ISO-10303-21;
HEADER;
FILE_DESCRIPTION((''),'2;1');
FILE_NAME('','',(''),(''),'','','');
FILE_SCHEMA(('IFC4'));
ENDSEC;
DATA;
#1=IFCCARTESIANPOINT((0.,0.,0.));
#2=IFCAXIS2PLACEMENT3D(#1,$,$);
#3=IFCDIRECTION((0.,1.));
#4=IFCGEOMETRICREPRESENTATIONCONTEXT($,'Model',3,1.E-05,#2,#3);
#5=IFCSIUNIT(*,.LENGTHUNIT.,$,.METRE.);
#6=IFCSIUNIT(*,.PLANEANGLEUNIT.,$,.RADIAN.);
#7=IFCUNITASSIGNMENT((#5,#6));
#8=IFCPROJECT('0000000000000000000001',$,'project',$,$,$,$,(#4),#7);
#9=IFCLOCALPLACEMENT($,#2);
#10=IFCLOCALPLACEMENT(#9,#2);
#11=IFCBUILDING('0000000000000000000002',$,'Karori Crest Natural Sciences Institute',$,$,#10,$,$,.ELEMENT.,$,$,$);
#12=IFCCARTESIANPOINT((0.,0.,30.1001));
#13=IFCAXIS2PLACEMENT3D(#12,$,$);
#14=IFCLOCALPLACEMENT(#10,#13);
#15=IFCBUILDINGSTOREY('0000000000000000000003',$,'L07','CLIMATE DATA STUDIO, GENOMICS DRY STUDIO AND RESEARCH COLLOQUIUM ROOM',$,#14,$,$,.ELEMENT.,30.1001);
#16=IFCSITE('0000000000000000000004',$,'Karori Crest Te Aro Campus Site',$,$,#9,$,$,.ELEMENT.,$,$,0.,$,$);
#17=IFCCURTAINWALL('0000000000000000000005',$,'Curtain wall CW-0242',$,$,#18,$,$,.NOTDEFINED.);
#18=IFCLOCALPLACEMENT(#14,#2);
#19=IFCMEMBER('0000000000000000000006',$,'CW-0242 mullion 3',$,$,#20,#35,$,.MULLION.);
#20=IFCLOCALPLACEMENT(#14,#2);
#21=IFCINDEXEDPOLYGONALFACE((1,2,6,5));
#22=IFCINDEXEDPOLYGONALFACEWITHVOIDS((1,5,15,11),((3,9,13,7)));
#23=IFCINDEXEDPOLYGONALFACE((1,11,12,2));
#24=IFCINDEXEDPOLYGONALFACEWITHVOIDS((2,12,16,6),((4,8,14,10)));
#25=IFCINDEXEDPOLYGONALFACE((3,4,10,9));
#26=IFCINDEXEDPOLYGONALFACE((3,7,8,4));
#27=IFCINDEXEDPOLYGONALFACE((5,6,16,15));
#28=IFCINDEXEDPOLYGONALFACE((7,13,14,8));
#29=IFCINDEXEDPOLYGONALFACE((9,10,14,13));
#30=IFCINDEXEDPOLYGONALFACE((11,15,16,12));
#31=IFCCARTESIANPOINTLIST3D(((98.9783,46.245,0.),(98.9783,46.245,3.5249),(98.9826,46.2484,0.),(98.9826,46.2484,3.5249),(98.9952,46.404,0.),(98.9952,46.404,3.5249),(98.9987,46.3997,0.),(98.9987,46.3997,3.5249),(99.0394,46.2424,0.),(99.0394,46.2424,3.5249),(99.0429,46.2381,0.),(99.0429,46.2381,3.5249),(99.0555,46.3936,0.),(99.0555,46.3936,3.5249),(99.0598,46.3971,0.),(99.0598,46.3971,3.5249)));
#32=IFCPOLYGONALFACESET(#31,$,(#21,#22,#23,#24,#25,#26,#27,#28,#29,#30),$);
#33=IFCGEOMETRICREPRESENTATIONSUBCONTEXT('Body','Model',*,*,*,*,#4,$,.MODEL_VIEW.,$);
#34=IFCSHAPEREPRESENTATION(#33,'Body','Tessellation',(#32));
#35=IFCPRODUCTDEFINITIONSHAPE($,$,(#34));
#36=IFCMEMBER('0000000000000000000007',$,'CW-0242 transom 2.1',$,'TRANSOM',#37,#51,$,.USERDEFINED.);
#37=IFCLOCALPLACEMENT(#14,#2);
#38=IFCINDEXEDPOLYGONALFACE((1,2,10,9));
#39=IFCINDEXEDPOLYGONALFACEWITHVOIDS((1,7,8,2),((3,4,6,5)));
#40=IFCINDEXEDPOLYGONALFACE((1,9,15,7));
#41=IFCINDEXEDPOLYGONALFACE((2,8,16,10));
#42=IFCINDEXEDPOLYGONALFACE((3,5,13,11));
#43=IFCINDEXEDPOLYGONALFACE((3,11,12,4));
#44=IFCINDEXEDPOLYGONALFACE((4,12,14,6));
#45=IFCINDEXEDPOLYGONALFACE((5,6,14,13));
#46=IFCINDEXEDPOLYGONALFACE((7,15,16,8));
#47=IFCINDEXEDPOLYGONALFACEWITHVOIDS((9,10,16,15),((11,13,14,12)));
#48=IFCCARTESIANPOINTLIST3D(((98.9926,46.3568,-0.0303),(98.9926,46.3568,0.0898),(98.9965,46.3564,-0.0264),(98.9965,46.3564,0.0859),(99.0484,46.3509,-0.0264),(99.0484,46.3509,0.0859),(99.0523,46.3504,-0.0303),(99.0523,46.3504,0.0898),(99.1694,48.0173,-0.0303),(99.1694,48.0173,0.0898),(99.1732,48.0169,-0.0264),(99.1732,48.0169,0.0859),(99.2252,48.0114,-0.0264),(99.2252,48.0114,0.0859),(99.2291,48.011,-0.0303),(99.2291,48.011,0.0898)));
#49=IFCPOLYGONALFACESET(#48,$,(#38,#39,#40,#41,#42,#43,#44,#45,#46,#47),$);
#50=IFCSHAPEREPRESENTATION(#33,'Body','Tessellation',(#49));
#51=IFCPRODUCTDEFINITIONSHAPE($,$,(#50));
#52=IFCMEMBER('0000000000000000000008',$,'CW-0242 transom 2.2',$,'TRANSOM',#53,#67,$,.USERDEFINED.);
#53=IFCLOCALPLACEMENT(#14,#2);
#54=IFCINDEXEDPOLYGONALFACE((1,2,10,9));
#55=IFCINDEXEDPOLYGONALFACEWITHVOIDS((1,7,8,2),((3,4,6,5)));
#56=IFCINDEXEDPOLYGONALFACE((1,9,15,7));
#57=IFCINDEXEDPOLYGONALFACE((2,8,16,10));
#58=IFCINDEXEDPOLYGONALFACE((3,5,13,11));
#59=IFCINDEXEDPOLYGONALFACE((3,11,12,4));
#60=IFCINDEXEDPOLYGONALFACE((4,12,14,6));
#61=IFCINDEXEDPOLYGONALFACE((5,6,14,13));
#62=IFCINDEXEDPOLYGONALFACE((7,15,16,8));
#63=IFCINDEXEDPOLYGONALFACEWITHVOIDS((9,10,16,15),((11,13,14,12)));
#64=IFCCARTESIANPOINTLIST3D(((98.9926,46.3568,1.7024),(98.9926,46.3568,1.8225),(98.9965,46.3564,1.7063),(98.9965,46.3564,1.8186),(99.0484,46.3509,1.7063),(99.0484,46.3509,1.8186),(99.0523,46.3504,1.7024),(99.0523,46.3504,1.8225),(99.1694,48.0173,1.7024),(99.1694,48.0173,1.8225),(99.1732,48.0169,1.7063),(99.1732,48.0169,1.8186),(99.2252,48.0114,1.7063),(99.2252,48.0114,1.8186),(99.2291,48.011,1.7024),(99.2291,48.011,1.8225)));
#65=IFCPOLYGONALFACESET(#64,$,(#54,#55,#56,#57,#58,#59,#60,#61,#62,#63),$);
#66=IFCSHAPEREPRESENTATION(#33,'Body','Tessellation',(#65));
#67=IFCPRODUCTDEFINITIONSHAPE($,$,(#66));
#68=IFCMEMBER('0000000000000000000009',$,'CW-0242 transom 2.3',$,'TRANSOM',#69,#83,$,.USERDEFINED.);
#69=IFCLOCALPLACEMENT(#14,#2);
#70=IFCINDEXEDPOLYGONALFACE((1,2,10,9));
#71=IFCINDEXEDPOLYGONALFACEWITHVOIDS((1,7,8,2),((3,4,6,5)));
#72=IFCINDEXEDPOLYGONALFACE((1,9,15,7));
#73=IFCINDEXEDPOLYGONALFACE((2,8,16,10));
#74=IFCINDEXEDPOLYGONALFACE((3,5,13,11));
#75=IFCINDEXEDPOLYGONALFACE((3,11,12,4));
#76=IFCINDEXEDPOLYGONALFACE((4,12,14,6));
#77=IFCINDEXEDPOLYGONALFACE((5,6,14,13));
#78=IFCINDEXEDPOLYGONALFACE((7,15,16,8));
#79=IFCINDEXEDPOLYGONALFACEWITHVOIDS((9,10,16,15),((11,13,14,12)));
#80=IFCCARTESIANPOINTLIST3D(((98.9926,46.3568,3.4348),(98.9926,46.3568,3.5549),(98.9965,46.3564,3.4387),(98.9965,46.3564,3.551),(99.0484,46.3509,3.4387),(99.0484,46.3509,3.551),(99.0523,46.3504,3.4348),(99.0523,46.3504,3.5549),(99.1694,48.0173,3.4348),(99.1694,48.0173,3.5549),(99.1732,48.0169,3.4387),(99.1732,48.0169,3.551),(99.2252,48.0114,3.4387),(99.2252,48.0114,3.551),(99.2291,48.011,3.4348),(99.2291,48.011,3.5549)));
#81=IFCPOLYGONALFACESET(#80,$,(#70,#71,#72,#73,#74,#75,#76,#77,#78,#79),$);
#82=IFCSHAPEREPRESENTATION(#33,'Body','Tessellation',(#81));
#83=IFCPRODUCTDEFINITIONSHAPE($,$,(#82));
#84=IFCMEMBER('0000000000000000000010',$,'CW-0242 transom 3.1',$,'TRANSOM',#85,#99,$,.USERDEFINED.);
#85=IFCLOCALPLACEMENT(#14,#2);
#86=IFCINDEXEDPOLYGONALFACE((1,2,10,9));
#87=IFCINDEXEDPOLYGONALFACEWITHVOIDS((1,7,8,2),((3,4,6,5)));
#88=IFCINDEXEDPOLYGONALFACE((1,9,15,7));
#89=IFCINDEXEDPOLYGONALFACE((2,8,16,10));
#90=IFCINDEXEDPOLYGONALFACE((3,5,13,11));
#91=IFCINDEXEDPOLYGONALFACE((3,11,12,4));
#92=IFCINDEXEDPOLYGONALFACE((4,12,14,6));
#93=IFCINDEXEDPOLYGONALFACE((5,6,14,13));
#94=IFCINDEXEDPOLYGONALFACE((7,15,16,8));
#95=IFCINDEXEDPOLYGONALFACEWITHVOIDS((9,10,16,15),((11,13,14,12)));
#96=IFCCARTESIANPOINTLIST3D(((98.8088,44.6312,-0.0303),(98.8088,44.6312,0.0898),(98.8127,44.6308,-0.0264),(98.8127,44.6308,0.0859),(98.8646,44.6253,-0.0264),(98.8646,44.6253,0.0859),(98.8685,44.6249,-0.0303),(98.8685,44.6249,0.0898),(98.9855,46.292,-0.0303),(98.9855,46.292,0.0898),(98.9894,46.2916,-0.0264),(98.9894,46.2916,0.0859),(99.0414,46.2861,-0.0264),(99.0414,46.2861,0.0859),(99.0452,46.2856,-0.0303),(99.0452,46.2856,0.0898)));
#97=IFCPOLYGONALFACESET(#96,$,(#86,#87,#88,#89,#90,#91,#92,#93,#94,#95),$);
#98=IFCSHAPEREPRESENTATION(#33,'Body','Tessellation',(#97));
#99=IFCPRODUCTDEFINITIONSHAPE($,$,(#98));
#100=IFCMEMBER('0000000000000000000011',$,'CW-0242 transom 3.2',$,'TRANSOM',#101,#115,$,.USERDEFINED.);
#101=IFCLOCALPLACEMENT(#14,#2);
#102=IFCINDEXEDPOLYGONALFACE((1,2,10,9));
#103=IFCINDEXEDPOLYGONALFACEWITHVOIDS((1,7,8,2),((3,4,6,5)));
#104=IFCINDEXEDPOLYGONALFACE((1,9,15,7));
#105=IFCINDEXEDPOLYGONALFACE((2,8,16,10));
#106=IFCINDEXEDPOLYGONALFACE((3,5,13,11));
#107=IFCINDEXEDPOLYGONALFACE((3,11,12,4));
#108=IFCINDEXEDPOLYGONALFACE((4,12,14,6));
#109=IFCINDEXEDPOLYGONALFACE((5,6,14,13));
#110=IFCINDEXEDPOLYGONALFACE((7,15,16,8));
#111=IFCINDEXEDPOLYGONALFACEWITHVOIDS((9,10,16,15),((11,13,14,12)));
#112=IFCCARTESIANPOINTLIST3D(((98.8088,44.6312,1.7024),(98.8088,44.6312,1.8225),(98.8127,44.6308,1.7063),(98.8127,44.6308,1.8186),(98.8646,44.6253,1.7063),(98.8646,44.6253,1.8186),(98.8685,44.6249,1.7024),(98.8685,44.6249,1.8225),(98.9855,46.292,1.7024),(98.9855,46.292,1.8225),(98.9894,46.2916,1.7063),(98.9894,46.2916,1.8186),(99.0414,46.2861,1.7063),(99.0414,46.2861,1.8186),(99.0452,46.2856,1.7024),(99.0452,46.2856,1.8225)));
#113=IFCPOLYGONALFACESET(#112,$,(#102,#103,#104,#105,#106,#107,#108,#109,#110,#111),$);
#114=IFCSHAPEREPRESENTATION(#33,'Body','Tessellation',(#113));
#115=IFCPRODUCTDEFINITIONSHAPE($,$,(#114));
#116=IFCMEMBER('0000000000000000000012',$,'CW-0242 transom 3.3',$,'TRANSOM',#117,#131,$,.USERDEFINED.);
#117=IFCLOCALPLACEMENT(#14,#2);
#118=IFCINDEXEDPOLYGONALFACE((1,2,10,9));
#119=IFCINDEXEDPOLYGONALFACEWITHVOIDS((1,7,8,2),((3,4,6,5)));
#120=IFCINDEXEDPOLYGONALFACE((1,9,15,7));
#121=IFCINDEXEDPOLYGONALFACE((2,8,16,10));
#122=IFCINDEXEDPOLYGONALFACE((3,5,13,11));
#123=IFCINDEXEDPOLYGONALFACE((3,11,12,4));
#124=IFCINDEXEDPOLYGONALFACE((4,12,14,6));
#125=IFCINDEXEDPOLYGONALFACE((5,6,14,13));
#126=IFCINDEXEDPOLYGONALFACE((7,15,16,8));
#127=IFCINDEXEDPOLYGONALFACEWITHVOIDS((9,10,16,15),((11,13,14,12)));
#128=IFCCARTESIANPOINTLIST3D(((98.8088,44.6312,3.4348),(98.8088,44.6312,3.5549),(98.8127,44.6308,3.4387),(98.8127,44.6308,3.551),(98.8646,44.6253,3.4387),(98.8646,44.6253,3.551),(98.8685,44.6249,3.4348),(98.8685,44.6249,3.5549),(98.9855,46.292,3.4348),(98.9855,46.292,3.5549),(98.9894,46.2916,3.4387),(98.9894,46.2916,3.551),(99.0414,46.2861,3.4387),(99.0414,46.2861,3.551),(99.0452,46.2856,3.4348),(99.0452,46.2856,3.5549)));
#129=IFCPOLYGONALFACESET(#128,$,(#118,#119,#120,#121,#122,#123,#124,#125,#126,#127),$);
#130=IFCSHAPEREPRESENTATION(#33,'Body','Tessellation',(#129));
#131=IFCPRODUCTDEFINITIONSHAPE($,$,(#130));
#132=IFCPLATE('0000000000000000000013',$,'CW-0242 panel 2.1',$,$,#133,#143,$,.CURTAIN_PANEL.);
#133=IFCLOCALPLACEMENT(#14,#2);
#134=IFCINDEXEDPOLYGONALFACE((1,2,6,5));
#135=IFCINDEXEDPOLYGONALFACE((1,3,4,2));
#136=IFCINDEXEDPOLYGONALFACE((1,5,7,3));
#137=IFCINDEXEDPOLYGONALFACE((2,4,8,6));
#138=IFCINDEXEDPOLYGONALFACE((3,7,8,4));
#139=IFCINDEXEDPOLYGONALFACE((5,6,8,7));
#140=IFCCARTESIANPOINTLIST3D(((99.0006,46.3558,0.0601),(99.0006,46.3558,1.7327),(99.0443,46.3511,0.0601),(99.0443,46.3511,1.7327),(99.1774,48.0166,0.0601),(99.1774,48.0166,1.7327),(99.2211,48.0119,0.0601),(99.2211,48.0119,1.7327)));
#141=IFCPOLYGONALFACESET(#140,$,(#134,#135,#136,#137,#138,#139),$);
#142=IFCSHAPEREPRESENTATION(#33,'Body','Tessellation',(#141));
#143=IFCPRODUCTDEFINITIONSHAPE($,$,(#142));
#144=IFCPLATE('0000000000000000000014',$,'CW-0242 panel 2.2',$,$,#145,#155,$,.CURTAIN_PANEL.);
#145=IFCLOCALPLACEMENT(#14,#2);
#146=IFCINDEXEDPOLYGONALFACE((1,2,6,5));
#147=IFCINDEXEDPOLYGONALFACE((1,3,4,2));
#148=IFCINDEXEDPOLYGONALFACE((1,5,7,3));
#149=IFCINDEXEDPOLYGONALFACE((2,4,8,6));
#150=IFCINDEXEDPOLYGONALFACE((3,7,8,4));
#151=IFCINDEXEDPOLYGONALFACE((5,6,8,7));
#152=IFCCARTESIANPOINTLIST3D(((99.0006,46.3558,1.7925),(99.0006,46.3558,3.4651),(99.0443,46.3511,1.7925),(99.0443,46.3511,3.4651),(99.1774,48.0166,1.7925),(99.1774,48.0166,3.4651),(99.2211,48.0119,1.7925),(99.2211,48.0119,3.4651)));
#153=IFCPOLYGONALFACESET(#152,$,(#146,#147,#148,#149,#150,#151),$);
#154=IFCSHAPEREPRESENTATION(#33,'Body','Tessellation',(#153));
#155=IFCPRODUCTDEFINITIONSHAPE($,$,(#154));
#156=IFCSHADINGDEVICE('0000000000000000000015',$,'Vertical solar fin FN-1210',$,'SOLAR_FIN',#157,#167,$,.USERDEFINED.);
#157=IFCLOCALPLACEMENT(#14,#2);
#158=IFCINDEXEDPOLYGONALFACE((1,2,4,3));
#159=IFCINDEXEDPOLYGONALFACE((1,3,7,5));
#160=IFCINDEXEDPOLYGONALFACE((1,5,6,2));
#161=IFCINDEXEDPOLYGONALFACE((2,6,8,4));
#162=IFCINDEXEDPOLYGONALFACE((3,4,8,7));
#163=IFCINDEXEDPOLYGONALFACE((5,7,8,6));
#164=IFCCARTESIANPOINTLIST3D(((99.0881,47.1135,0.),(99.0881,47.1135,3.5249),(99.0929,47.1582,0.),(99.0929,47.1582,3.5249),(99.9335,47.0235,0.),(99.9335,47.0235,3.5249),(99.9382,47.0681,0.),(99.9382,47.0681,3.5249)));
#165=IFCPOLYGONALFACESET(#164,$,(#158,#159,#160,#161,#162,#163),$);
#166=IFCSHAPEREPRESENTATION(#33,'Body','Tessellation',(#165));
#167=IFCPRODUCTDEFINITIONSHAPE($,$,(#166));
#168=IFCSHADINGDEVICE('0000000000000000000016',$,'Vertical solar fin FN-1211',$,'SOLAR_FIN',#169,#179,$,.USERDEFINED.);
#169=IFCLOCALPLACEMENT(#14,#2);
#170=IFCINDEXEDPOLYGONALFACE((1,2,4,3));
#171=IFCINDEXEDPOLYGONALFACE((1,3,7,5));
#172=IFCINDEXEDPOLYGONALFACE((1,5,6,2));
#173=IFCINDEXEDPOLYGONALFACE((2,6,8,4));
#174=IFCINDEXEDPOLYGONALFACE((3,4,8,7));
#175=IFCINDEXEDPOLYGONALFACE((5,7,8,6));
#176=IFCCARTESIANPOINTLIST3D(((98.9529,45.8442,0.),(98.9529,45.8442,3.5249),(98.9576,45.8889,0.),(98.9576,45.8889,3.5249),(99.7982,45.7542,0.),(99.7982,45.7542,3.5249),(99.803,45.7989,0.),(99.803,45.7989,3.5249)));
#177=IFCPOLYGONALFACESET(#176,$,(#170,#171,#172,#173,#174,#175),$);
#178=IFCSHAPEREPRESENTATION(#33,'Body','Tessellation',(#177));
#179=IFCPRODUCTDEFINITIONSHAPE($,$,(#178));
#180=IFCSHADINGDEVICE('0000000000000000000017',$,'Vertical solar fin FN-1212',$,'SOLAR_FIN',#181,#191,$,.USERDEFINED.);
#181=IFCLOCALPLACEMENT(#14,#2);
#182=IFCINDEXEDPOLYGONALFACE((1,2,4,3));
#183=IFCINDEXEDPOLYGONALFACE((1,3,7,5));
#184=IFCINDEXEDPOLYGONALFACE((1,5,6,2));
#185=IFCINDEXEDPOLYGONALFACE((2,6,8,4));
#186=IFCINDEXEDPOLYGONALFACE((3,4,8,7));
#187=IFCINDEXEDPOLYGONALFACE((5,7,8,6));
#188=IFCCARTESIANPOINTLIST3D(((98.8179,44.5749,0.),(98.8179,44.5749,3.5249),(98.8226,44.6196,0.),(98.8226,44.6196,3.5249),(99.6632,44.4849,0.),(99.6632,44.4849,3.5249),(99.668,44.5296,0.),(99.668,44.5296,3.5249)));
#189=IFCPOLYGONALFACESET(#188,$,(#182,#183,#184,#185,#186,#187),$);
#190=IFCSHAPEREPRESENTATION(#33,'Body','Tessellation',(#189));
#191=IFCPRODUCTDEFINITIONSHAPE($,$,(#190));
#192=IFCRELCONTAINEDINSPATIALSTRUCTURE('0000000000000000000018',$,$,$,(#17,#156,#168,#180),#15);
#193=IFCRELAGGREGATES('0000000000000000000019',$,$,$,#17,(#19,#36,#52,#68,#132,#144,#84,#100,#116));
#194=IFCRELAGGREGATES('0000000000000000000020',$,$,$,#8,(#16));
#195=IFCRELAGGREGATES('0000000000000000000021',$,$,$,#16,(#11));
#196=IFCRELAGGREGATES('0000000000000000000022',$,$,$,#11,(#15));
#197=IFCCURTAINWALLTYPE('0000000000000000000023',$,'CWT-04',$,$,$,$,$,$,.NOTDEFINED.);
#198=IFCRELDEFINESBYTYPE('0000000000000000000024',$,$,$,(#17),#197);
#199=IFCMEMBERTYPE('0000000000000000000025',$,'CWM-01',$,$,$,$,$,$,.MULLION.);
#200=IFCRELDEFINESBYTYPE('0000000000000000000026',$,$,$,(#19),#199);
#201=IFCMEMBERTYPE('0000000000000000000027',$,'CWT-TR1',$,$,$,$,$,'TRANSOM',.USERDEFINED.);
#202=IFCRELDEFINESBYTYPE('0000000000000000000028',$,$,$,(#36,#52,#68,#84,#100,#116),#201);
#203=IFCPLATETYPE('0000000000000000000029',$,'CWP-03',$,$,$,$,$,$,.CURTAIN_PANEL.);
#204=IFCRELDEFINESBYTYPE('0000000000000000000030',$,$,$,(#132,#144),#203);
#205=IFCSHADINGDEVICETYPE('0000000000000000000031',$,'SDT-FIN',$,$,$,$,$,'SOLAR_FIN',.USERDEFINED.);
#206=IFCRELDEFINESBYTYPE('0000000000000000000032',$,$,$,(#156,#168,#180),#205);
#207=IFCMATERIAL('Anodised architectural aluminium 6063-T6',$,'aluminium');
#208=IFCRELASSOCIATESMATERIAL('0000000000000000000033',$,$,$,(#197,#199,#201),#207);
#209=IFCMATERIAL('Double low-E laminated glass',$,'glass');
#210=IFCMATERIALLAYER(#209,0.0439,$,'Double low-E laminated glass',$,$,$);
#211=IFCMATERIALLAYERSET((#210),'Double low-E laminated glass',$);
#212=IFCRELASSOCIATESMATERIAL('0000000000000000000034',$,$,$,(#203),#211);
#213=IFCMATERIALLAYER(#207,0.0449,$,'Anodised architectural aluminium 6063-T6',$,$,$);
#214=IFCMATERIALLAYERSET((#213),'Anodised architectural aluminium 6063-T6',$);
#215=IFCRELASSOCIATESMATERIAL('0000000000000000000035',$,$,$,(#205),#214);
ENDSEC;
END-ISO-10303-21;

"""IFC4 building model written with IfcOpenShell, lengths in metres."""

from ifc_helpers import new_model, si_unit, direction, frame, origin, origin_2d, place, context, subcontext, project, spatial, rectangle, hollow_rectangle, extrude, material, layer, layer_set, material_profile, profile_set, type_object, element, aggregate, save


model = new_model("IFC4")

# Units and contexts
model_context = context("Model", 3, precision=1e-05, world=origin(), true_north=direction((0.0, 1.0)))
body_context = subcontext(model_context, "Body", "Model", "MODEL_VIEW")
ifc_project = project(units=[si_unit("LENGTHUNIT", "METRE"), si_unit("PLANEANGLEUNIT", "RADIAN")], contexts=[model_context])

# Site, building, storey
site_placement = place(None, origin())
site = spatial("IfcSite", under=ifc_project, at=site_placement, Name="Karori Crest Te Aro Campus Site", CompositionType="ELEMENT", RefElevation=0.0)
building_placement = place(site_placement, origin())
building = spatial("IfcBuilding", under=site, at=building_placement, Name="Karori Crest Natural Sciences Institute", CompositionType="ELEMENT")
storey_placement = place(building_placement, frame((0.0, 0.0, 30.1001)))
storey = spatial("IfcBuildingStorey", under=building, at=storey_placement, Name="L07", Description="CLIMATE DATA STUDIO, GENOMICS DRY STUDIO AND RESEARCH COLLOQUIUM ROOM", CompositionType="ELEMENT", Elevation=30.1001)

# Curtain wall, members, plates
ifc_material_1 = material(Name="Anodised architectural aluminium 6063-T6", Category="aluminium")
curtain_wall_type = type_object("IfcCurtainWallType", Name="CWT-04", PredefinedType="NOTDEFINED", material=ifc_material_1)
curtain_wall_placement = place(storey_placement, origin())
curtain_wall = element("IfcCurtainWall", 1, at=curtain_wall_placement, inside=storey, type_object=curtain_wall_type, Name="Curtain wall CW-0242", PredefinedType="NOTDEFINED")
ifc_material_profile_1 = material_profile(ifc_material_1, hollow_rectangle(XDim=0.0649, YDim=0.1599, WallThickness=0.0039, at=origin_2d()), Name="CWM160x65x4")
ifc_profile_set_1 = profile_set([ifc_material_profile_1], Name="Anodised architectural aluminium 6063-T6")
member_type_1 = type_object("IfcMemberType", Name="CWM-01", PredefinedType="MULLION", material=ifc_profile_set_1)
member_1_placement = place(storey_placement, frame((99.019, 46.321, 0.0), z_axis=(0.0, 0.0, 1.0), x_axis=(0.994378, -0.105886, 0.0)))
member_1 = element("IfcMember", 2, at=member_1_placement, type_object=member_type_1, Name="CW-0242 mullion 3", PredefinedType="MULLION", context=body_context, shape_type="SweptSolid", body=[
    extrude(hollow_rectangle(XDim=0.0649, YDim=0.1599, WallThickness=0.0039, at=origin_2d()), origin(), (0.0, 0.0, 1.0), 3.5249),
])
ifc_material_profile_2 = material_profile(ifc_material_1, hollow_rectangle(XDim=0.0601, YDim=0.1201, WallThickness=0.0039, at=origin_2d()), Name="CWT120x60x4")
ifc_profile_set_2 = profile_set([ifc_material_profile_2], Name="Anodised architectural aluminium 6063-T6")
member_type_2 = type_object("IfcMemberType", Name="CWT-TR1", ElementType="TRANSOM", PredefinedType="USERDEFINED", material=ifc_profile_set_2)
member_2_placement = place(storey_placement, frame((99.1992, 48.0142, 0.0298), z_axis=(-0.105841, -0.994383, 0.0), x_axis=(0.994383, -0.105841, 0.0)))
member_2 = element("IfcMember", 3, at=member_2_placement, type_object=member_type_2, Name="CW-0242 transom 2.1", ObjectType="TRANSOM", PredefinedType="USERDEFINED", context=body_context, shape_type="SweptSolid", body=[
    extrude(hollow_rectangle(XDim=0.0601, YDim=0.1201, WallThickness=0.0039, at=origin_2d()), origin(), (0.0, 0.0, 1.0), 1.6699),
])
member_3_placement = place(storey_placement, frame((99.1992, 48.0142, 1.7625), z_axis=(-0.105841, -0.994383, 0.0), x_axis=(0.994383, -0.105841, 0.0)))
member_3 = element("IfcMember", 4, at=member_3_placement, type_object=member_type_2, Name="CW-0242 transom 2.2", ObjectType="TRANSOM", PredefinedType="USERDEFINED", context=body_context, shape_type="SweptSolid", body=[
    extrude(hollow_rectangle(XDim=0.0601, YDim=0.1201, WallThickness=0.0039, at=origin_2d()), origin(), (0.0, 0.0, 1.0), 1.6699),
])
member_4_placement = place(storey_placement, frame((99.1992, 48.0142, 3.4949), z_axis=(-0.105841, -0.994383, 0.0), x_axis=(0.994383, -0.105841, 0.0)))
member_4 = element("IfcMember", 5, at=member_4_placement, type_object=member_type_2, Name="CW-0242 transom 2.3", ObjectType="TRANSOM", PredefinedType="USERDEFINED", context=body_context, shape_type="SweptSolid", body=[
    extrude(hollow_rectangle(XDim=0.0601, YDim=0.1201, WallThickness=0.0039, at=origin_2d()), origin(), (0.0, 0.0, 1.0), 1.6699),
])
member_5_placement = place(storey_placement, frame((99.0154, 46.2888, 0.0298), z_axis=(-0.105826, -0.994385, 0.0), x_axis=(0.994385, -0.105826, 0.0)))
member_5 = element("IfcMember", 6, at=member_5_placement, type_object=member_type_2, Name="CW-0242 transom 3.1", ObjectType="TRANSOM", PredefinedType="USERDEFINED", context=body_context, shape_type="SweptSolid", body=[
    extrude(hollow_rectangle(XDim=0.0601, YDim=0.1201, WallThickness=0.0039, at=origin_2d()), origin(), (0.0, 0.0, 1.0), 1.6702),
])
member_6_placement = place(storey_placement, frame((99.0154, 46.2888, 1.7625), z_axis=(-0.105826, -0.994385, 0.0), x_axis=(0.994385, -0.105826, 0.0)))
member_6 = element("IfcMember", 7, at=member_6_placement, type_object=member_type_2, Name="CW-0242 transom 3.2", ObjectType="TRANSOM", PredefinedType="USERDEFINED", context=body_context, shape_type="SweptSolid", body=[
    extrude(hollow_rectangle(XDim=0.0601, YDim=0.1201, WallThickness=0.0039, at=origin_2d()), origin(), (0.0, 0.0, 1.0), 1.6702),
])
member_7_placement = place(storey_placement, frame((99.0154, 46.2888, 3.4949), z_axis=(-0.105826, -0.994385, 0.0), x_axis=(0.994385, -0.105826, 0.0)))
member_7 = element("IfcMember", 8, at=member_7_placement, type_object=member_type_2, Name="CW-0242 transom 3.3", ObjectType="TRANSOM", PredefinedType="USERDEFINED", context=body_context, shape_type="SweptSolid", body=[
    extrude(hollow_rectangle(XDim=0.0601, YDim=0.1201, WallThickness=0.0039, at=origin_2d()), origin(), (0.0, 0.0, 1.0), 1.6702),
])
ifc_material_2 = material(Name="Double low-E laminated glass", Category="glass")
ifc_layer_1 = layer(ifc_material_2, 0.0439, Name="Double low-E laminated glass")
ifc_layer_set_1 = layer_set([ifc_layer_1], Name="Double low-E laminated glass")
plate_type = type_object("IfcPlateType", Name="CWP-03", PredefinedType="CURTAIN_PANEL", material=ifc_layer_set_1)
plate_1_placement = place(storey_placement, frame((99.1108, 47.1838, 0.0601), z_axis=(0.0, 0.0, 1.0), x_axis=(-0.105886, -0.994378, 0.0)))
plate_1 = element("IfcPlate", 9, at=plate_1_placement, type_object=plate_type, Name="CW-0242 panel 2.1", PredefinedType="CURTAIN_PANEL", context=body_context, shape_type="SweptSolid", body=[
    extrude(rectangle(XDim=1.6702, YDim=0.0439, at=origin_2d()), origin(), (0.0, 0.0, 1.0), 1.6726),
])
plate_2_placement = place(storey_placement, frame((99.1108, 47.1838, 1.7925), z_axis=(0.0, 0.0, 1.0), x_axis=(-0.105886, -0.994378, 0.0)))
plate_2 = element("IfcPlate", 10, at=plate_2_placement, type_object=plate_type, Name="CW-0242 panel 2.2", PredefinedType="CURTAIN_PANEL", context=body_context, shape_type="SweptSolid", body=[
    extrude(rectangle(XDim=1.6702, YDim=0.0439, at=origin_2d()), origin(), (0.0, 0.0, 1.0), 1.6726),
])
aggregate(curtain_wall, [member_1, member_2, member_3, member_4, plate_1, plate_2, member_5, member_6, member_7])

# Shading devices
ifc_layer_2 = layer(ifc_material_1, 0.0449, Name="Anodised architectural aluminium 6063-T6")
ifc_layer_set_2 = layer_set([ifc_layer_2], Name="Anodised architectural aluminium 6063-T6")
shading_device_type = type_object("IfcShadingDeviceType", Name="SDT-FIN", ElementType="SOLAR_FIN", PredefinedType="USERDEFINED", material=ifc_layer_set_2)
for number, where, z_axis, x_axis, name in (
    (11, (99.5132, 47.0908, 0.0), (0.0, 0.0, 1.0), (0.994378, -0.105886, 0.0), "Vertical solar fin FN-1210"),
    (12, (99.3779, 45.8215, 0.0), (0.0, 0.0, 1.0), (0.994378, -0.105886, 0.0), "Vertical solar fin FN-1211"),
    (13, (99.2429, 44.5522, 0.0), (0.0, 0.0, 1.0), (0.994378, -0.105886, 0.0), "Vertical solar fin FN-1212"),
):
    element("IfcShadingDevice", number, at=place(storey_placement, frame(where, z_axis=z_axis, x_axis=x_axis)), inside=storey, type_object=shading_device_type, Name=name, ObjectType="SOLAR_FIN", PredefinedType="USERDEFINED", context=body_context, shape_type="SweptSolid", body=[
        extrude(rectangle(XDim=0.8501, YDim=0.0449, at=origin_2d()), origin(), (0.0, 0.0, 1.0), 3.5249),
    ])

save(model, "model.ifc")
